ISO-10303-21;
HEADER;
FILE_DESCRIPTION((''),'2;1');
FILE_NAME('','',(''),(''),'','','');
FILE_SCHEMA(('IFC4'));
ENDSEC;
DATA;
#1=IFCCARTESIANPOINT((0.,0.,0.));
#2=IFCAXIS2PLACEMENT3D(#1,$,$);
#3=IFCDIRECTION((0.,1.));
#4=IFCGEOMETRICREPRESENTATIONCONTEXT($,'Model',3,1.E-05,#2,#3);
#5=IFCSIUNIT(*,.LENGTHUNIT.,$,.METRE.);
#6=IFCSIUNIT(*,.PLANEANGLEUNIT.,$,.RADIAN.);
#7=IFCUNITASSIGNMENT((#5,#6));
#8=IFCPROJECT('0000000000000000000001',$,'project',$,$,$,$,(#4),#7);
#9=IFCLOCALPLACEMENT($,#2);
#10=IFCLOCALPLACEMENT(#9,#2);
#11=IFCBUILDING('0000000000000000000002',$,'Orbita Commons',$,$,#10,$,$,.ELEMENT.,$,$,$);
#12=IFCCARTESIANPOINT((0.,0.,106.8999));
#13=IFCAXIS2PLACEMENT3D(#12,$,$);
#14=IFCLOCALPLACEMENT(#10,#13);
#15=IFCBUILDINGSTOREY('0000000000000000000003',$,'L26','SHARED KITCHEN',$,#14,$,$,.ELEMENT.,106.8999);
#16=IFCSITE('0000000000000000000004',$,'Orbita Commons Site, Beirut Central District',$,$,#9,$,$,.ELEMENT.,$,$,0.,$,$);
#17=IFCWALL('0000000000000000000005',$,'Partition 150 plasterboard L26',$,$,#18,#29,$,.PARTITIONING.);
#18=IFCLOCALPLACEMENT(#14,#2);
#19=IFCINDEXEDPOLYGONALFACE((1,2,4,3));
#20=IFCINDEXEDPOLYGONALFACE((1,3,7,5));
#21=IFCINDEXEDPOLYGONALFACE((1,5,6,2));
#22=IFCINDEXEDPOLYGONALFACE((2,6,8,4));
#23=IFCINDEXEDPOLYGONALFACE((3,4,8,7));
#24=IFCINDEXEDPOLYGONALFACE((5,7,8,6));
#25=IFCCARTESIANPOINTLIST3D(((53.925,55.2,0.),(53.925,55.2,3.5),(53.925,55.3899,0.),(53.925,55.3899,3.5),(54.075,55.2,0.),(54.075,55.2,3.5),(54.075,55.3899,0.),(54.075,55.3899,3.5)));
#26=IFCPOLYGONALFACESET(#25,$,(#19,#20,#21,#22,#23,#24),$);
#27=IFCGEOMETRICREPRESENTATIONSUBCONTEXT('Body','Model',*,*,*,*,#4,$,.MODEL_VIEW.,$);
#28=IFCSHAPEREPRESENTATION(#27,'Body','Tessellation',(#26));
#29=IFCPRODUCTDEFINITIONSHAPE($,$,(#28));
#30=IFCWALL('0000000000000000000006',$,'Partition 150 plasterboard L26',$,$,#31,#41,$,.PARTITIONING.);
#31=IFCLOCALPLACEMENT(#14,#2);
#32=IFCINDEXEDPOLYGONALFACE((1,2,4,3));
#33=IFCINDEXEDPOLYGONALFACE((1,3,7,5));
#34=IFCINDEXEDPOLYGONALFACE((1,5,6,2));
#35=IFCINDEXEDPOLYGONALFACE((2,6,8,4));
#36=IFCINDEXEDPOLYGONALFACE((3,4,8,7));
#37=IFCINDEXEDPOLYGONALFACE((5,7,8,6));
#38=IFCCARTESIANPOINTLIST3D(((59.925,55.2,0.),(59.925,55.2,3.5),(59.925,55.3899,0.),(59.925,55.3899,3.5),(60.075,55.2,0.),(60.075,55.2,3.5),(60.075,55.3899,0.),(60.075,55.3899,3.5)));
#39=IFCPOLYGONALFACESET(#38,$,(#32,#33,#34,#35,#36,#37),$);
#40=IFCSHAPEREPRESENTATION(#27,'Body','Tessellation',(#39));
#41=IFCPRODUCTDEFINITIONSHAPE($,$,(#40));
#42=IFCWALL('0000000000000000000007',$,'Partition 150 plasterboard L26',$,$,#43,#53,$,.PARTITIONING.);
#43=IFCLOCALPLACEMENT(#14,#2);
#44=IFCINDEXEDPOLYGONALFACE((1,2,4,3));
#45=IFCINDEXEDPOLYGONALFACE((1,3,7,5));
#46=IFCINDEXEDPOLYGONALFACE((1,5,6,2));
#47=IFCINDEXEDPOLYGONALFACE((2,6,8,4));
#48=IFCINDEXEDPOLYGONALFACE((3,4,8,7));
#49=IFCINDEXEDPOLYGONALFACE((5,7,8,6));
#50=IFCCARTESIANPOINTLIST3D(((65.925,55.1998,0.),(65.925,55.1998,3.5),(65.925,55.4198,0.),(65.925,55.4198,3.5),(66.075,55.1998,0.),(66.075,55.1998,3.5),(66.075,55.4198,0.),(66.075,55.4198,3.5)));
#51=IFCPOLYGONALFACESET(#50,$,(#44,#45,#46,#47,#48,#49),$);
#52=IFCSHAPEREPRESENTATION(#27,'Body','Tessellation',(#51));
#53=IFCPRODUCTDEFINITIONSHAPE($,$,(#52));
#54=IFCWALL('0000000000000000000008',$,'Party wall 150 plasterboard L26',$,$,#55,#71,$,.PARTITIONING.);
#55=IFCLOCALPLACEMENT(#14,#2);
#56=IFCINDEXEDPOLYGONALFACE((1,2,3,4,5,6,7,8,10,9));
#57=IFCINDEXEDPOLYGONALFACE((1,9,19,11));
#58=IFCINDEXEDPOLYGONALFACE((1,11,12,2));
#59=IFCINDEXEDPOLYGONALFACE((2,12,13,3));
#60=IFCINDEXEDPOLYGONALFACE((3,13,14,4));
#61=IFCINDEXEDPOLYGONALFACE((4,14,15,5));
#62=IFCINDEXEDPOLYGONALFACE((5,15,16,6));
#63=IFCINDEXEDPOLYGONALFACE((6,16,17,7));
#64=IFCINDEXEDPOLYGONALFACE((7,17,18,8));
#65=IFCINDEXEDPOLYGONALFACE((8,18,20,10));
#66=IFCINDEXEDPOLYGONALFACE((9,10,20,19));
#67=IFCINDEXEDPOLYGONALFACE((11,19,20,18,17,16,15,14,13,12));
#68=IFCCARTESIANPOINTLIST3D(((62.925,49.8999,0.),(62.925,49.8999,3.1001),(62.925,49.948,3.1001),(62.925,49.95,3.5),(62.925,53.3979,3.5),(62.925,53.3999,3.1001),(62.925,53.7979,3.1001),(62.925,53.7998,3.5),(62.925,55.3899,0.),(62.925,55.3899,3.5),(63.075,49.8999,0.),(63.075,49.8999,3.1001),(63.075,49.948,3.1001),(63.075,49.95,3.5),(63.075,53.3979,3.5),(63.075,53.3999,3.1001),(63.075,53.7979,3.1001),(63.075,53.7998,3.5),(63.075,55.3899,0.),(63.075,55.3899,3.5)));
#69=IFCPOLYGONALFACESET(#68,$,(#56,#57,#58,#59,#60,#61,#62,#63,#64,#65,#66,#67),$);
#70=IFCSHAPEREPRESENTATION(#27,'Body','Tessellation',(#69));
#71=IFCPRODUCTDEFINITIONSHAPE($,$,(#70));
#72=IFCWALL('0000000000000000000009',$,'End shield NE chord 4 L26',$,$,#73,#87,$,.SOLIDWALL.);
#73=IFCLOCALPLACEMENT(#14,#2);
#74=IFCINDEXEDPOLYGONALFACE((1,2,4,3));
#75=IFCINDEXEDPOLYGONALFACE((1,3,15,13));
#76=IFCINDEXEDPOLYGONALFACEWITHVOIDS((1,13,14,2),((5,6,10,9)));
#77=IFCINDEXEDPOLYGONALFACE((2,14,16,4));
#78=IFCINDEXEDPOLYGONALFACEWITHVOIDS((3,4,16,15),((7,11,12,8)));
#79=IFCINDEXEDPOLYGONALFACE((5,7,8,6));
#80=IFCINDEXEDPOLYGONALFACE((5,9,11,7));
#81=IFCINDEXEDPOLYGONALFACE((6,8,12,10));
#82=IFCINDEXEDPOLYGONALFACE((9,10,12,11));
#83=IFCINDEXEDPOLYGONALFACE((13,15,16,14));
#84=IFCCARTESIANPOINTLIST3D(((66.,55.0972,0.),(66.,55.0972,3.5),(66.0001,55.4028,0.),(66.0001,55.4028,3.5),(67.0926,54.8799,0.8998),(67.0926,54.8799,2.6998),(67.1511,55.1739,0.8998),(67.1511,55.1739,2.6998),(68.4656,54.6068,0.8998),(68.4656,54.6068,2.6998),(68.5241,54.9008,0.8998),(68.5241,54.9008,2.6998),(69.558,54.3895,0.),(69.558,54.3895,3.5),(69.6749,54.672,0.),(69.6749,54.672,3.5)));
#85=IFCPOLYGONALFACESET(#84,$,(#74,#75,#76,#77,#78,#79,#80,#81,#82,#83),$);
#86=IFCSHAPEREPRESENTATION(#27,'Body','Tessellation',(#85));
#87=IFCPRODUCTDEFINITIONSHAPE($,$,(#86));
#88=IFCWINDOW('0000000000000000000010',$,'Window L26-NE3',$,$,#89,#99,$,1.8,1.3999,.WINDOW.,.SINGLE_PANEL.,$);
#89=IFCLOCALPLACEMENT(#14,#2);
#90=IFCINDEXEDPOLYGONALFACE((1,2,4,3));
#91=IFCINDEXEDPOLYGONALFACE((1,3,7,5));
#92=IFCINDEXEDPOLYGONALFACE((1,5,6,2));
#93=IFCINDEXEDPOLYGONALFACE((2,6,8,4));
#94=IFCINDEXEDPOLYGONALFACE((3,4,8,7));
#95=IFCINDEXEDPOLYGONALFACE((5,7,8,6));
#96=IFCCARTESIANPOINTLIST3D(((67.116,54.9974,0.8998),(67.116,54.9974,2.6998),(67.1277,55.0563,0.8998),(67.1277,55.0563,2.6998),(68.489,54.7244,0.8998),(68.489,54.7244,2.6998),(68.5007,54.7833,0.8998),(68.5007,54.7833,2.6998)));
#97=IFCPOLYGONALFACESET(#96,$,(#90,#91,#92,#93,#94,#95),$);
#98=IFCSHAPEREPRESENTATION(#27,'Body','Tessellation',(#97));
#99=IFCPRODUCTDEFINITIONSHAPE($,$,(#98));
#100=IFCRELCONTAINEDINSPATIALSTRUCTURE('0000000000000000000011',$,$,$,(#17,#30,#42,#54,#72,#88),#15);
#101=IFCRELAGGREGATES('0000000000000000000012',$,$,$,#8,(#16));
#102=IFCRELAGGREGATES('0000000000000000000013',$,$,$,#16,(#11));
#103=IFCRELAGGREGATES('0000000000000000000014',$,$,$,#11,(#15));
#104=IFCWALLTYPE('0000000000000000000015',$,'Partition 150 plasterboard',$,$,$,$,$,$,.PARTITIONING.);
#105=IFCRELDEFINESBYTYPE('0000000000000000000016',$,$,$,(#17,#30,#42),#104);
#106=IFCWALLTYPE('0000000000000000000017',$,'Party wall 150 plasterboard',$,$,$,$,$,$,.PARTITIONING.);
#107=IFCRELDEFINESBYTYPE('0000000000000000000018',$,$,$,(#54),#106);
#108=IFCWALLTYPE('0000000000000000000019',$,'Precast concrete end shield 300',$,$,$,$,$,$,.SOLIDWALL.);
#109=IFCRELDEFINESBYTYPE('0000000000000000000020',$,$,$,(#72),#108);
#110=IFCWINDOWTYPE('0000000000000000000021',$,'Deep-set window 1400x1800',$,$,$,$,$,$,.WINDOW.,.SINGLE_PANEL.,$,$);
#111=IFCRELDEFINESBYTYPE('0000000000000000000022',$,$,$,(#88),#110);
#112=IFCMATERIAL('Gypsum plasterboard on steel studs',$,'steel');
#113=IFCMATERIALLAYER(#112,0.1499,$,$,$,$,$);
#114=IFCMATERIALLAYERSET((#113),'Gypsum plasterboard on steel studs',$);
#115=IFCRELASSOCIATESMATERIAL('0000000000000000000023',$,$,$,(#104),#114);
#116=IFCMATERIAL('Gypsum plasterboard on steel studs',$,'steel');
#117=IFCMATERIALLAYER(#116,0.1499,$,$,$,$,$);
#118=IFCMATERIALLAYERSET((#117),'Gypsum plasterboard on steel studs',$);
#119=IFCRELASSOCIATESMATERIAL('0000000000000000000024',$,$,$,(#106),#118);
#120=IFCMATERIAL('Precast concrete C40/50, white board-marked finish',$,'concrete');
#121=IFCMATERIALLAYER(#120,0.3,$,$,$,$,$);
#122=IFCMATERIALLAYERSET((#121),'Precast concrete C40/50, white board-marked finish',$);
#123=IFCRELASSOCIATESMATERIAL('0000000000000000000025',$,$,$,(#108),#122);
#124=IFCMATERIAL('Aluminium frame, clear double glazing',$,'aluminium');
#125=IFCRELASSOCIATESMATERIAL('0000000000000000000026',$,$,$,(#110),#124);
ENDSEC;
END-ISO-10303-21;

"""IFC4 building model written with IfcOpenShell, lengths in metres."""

from ifc_helpers import new_model, si_unit, direction, frame, frame_2d, origin, place, context, subcontext, project, spatial, polyline, rectangle, outline, extrude, material, layer, layer_set, type_object, element, fill, save


model = new_model("IFC4")

# Units and contexts
model_context = context("Model", 3, precision=1e-05, world=origin(), true_north=direction((0.0, 1.0)))
body_context = subcontext(model_context, "Body", "Model", "MODEL_VIEW")
ifc_project = project(units=[si_unit("LENGTHUNIT", "METRE"), si_unit("PLANEANGLEUNIT", "RADIAN")], contexts=[model_context])

# Site, building, storey
site_placement = place(None, origin())
site = spatial("IfcSite", under=ifc_project, at=site_placement, Name="Orbita Commons Site, Beirut Central District", CompositionType="ELEMENT", RefElevation=0.0)
building_placement = place(site_placement, origin())
building = spatial("IfcBuilding", under=site, at=building_placement, Name="Orbita Commons", CompositionType="ELEMENT")
storey_placement = place(building_placement, frame((0.0, 0.0, 106.8999)))
storey = spatial("IfcBuildingStorey", under=building, at=storey_placement, Name="L26", Description="SHARED KITCHEN", CompositionType="ELEMENT", Elevation=106.8999)

# Walls
ifc_material_1 = material(Name="Gypsum plasterboard on steel studs", Category="steel")
ifc_layer_1 = layer(ifc_material_1, 0.1499)
ifc_layer_set_1 = layer_set([ifc_layer_1], Name="Gypsum plasterboard on steel studs")
wall_type_1 = type_object("IfcWallType", Name="Partition 150 plasterboard", PredefinedType="PARTITIONING", material=ifc_layer_set_1)
for number, where, z_axis, x_axis, name in (
    (1, (54.0, 55.2, 0.0), (0.0, 0.0, 1.0), (0.0, 1.0, 0.0), "Partition 150 plasterboard L26"),
    (2, (60.0, 55.2, 0.0), (0.0, 0.0, 1.0), (0.0, 1.0, 0.0), "Partition 150 plasterboard L26"),
):
    element("IfcWall", number, at=place(storey_placement, frame(where, z_axis=z_axis, x_axis=x_axis)), inside=storey, type_object=wall_type_1, Name=name, PredefinedType="PARTITIONING", context=body_context, shape_type="SweptSolid", body=[
        extrude(rectangle(XDim=0.1899, YDim=0.1499, at=frame_2d((0.095, 0.0))), origin(), (0.0, 0.0, 1.0), 3.5),
    ])
wall_1_placement = place(storey_placement, frame((66.0, 55.2, 0.0), z_axis=(0.0, 0.0, 1.0), x_axis=(0.0, 1.0, 0.0)))
element("IfcWall", 3, at=wall_1_placement, inside=storey, type_object=wall_type_1, Name="Partition 150 plasterboard L26", PredefinedType="PARTITIONING", context=body_context, shape_type="SweptSolid", body=[
    extrude(rectangle(XDim=0.22, YDim=0.1499, at=frame_2d((0.1099, 0.0))), origin(), (0.0, 0.0, 1.0), 3.5),
])
ifc_material_2 = material(Name="Gypsum plasterboard on steel studs", Category="steel")
ifc_layer_2 = layer(ifc_material_2, 0.1499)
ifc_layer_set_2 = layer_set([ifc_layer_2], Name="Gypsum plasterboard on steel studs")
wall_type_2 = type_object("IfcWallType", Name="Party wall 150 plasterboard", PredefinedType="PARTITIONING", material=ifc_layer_set_2)
wall_2_placement = place(storey_placement, frame((63.0, 55.3899, 0.0), z_axis=(0.0, 0.0, 1.0), x_axis=(0.0, -1.0, 0.0)))
element("IfcWall", 4, at=wall_2_placement, inside=storey, type_object=wall_type_2, Name="Party wall 150 plasterboard L26", PredefinedType="PARTITIONING", context=body_context, shape_type="SweptSolid", body=[
    extrude(outline(polyline([(0.0, 0.0), (5.49, 0.0), (5.49, 3.1001), (5.4419, 3.1001), (5.4399, 3.5), (1.9919, 3.5), (1.99, 3.1001), (1.592, 3.1001), (1.5901, 3.5), (0.0, 3.5), (0.0, 0.0)])), frame((0.0, 0.075, 0.0), z_axis=(0.0, -1.0, 0.0), x_axis=(1.0, 0.0, 0.0)), (0.0, 0.0, 1.0), 0.1499),
])

# Wall, opening, window
ifc_material_3 = material(Name="Precast concrete C40/50, white board-marked finish", Category="concrete")
ifc_layer_3 = layer(ifc_material_3, 0.3)
ifc_layer_set_3 = layer_set([ifc_layer_3], Name="Precast concrete C40/50, white board-marked finish")
wall_type_3 = type_object("IfcWallType", Name="Precast concrete end shield 300", PredefinedType="SOLIDWALL", material=ifc_layer_set_3)
wall_3_placement = place(storey_placement, frame((69.6165, 54.5308, 0.0), z_axis=(0.0, 0.0, 1.0), x_axis=(-0.980791, 0.195059, 0.0)))
wall_3 = element("IfcWall", 5, at=wall_3_placement, inside=storey, type_object=wall_type_3, Name="End shield NE chord 4 L26", PredefinedType="SOLIDWALL", context=body_context, shape_type="SweptSolid", body=[
    extrude(outline(polyline([(-0.0298, -0.1499), (3.717, -0.1499), (3.6575, 0.1499), (0.0298, 0.1499), (-0.0298, -0.1499)])), origin(), (0.0, 0.0, 1.0), 3.5),
])
opening_1_placement = place(wall_3_placement, frame((1.1436, 0.0, 0.8999)))
opening_1 = element("IfcOpeningElement", 6, at=opening_1_placement, cuts=wall_3, PredefinedType="OPENING", context=body_context, shape_type="SweptSolid", body=[
    extrude(rectangle(XDim=1.3999, YDim=1.8, at=frame_2d((0.7, 0.8999))), frame((0.0, 0.1599, 0.0), z_axis=(0.0, -1.0, 0.0), x_axis=(1.0, 0.0, 0.0)), (0.0, 0.0, 1.0), 0.3201),
])
ifc_material_4 = material(Name="Aluminium frame, clear double glazing", Category="aluminium")
window_type = type_object("IfcWindowType", Name="Deep-set window 1400x1800", PartitioningType="SINGLE_PANEL", PredefinedType="WINDOW", material=ifc_material_4)
window_placement = place(opening_1_placement, origin())
window = element("IfcWindow", 7, at=window_placement, inside=storey, type_object=window_type, Name="Window L26-NE3", OverallHeight=1.8, OverallWidth=1.3999, PartitioningType="SINGLE_PANEL", PredefinedType="WINDOW", context=body_context, shape_type="SweptSolid", body=[
    extrude(rectangle(XDim=1.3999, YDim=1.8, at=frame_2d((0.7, 0.8999))), frame((0.0, 0.03, 0.0), z_axis=(0.0, -1.0, 0.0), x_axis=(1.0, 0.0, 0.0)), (0.0, 0.0, 1.0), 0.0601),
])
fill(opening_1, window)

save(model, "model.ifc")
